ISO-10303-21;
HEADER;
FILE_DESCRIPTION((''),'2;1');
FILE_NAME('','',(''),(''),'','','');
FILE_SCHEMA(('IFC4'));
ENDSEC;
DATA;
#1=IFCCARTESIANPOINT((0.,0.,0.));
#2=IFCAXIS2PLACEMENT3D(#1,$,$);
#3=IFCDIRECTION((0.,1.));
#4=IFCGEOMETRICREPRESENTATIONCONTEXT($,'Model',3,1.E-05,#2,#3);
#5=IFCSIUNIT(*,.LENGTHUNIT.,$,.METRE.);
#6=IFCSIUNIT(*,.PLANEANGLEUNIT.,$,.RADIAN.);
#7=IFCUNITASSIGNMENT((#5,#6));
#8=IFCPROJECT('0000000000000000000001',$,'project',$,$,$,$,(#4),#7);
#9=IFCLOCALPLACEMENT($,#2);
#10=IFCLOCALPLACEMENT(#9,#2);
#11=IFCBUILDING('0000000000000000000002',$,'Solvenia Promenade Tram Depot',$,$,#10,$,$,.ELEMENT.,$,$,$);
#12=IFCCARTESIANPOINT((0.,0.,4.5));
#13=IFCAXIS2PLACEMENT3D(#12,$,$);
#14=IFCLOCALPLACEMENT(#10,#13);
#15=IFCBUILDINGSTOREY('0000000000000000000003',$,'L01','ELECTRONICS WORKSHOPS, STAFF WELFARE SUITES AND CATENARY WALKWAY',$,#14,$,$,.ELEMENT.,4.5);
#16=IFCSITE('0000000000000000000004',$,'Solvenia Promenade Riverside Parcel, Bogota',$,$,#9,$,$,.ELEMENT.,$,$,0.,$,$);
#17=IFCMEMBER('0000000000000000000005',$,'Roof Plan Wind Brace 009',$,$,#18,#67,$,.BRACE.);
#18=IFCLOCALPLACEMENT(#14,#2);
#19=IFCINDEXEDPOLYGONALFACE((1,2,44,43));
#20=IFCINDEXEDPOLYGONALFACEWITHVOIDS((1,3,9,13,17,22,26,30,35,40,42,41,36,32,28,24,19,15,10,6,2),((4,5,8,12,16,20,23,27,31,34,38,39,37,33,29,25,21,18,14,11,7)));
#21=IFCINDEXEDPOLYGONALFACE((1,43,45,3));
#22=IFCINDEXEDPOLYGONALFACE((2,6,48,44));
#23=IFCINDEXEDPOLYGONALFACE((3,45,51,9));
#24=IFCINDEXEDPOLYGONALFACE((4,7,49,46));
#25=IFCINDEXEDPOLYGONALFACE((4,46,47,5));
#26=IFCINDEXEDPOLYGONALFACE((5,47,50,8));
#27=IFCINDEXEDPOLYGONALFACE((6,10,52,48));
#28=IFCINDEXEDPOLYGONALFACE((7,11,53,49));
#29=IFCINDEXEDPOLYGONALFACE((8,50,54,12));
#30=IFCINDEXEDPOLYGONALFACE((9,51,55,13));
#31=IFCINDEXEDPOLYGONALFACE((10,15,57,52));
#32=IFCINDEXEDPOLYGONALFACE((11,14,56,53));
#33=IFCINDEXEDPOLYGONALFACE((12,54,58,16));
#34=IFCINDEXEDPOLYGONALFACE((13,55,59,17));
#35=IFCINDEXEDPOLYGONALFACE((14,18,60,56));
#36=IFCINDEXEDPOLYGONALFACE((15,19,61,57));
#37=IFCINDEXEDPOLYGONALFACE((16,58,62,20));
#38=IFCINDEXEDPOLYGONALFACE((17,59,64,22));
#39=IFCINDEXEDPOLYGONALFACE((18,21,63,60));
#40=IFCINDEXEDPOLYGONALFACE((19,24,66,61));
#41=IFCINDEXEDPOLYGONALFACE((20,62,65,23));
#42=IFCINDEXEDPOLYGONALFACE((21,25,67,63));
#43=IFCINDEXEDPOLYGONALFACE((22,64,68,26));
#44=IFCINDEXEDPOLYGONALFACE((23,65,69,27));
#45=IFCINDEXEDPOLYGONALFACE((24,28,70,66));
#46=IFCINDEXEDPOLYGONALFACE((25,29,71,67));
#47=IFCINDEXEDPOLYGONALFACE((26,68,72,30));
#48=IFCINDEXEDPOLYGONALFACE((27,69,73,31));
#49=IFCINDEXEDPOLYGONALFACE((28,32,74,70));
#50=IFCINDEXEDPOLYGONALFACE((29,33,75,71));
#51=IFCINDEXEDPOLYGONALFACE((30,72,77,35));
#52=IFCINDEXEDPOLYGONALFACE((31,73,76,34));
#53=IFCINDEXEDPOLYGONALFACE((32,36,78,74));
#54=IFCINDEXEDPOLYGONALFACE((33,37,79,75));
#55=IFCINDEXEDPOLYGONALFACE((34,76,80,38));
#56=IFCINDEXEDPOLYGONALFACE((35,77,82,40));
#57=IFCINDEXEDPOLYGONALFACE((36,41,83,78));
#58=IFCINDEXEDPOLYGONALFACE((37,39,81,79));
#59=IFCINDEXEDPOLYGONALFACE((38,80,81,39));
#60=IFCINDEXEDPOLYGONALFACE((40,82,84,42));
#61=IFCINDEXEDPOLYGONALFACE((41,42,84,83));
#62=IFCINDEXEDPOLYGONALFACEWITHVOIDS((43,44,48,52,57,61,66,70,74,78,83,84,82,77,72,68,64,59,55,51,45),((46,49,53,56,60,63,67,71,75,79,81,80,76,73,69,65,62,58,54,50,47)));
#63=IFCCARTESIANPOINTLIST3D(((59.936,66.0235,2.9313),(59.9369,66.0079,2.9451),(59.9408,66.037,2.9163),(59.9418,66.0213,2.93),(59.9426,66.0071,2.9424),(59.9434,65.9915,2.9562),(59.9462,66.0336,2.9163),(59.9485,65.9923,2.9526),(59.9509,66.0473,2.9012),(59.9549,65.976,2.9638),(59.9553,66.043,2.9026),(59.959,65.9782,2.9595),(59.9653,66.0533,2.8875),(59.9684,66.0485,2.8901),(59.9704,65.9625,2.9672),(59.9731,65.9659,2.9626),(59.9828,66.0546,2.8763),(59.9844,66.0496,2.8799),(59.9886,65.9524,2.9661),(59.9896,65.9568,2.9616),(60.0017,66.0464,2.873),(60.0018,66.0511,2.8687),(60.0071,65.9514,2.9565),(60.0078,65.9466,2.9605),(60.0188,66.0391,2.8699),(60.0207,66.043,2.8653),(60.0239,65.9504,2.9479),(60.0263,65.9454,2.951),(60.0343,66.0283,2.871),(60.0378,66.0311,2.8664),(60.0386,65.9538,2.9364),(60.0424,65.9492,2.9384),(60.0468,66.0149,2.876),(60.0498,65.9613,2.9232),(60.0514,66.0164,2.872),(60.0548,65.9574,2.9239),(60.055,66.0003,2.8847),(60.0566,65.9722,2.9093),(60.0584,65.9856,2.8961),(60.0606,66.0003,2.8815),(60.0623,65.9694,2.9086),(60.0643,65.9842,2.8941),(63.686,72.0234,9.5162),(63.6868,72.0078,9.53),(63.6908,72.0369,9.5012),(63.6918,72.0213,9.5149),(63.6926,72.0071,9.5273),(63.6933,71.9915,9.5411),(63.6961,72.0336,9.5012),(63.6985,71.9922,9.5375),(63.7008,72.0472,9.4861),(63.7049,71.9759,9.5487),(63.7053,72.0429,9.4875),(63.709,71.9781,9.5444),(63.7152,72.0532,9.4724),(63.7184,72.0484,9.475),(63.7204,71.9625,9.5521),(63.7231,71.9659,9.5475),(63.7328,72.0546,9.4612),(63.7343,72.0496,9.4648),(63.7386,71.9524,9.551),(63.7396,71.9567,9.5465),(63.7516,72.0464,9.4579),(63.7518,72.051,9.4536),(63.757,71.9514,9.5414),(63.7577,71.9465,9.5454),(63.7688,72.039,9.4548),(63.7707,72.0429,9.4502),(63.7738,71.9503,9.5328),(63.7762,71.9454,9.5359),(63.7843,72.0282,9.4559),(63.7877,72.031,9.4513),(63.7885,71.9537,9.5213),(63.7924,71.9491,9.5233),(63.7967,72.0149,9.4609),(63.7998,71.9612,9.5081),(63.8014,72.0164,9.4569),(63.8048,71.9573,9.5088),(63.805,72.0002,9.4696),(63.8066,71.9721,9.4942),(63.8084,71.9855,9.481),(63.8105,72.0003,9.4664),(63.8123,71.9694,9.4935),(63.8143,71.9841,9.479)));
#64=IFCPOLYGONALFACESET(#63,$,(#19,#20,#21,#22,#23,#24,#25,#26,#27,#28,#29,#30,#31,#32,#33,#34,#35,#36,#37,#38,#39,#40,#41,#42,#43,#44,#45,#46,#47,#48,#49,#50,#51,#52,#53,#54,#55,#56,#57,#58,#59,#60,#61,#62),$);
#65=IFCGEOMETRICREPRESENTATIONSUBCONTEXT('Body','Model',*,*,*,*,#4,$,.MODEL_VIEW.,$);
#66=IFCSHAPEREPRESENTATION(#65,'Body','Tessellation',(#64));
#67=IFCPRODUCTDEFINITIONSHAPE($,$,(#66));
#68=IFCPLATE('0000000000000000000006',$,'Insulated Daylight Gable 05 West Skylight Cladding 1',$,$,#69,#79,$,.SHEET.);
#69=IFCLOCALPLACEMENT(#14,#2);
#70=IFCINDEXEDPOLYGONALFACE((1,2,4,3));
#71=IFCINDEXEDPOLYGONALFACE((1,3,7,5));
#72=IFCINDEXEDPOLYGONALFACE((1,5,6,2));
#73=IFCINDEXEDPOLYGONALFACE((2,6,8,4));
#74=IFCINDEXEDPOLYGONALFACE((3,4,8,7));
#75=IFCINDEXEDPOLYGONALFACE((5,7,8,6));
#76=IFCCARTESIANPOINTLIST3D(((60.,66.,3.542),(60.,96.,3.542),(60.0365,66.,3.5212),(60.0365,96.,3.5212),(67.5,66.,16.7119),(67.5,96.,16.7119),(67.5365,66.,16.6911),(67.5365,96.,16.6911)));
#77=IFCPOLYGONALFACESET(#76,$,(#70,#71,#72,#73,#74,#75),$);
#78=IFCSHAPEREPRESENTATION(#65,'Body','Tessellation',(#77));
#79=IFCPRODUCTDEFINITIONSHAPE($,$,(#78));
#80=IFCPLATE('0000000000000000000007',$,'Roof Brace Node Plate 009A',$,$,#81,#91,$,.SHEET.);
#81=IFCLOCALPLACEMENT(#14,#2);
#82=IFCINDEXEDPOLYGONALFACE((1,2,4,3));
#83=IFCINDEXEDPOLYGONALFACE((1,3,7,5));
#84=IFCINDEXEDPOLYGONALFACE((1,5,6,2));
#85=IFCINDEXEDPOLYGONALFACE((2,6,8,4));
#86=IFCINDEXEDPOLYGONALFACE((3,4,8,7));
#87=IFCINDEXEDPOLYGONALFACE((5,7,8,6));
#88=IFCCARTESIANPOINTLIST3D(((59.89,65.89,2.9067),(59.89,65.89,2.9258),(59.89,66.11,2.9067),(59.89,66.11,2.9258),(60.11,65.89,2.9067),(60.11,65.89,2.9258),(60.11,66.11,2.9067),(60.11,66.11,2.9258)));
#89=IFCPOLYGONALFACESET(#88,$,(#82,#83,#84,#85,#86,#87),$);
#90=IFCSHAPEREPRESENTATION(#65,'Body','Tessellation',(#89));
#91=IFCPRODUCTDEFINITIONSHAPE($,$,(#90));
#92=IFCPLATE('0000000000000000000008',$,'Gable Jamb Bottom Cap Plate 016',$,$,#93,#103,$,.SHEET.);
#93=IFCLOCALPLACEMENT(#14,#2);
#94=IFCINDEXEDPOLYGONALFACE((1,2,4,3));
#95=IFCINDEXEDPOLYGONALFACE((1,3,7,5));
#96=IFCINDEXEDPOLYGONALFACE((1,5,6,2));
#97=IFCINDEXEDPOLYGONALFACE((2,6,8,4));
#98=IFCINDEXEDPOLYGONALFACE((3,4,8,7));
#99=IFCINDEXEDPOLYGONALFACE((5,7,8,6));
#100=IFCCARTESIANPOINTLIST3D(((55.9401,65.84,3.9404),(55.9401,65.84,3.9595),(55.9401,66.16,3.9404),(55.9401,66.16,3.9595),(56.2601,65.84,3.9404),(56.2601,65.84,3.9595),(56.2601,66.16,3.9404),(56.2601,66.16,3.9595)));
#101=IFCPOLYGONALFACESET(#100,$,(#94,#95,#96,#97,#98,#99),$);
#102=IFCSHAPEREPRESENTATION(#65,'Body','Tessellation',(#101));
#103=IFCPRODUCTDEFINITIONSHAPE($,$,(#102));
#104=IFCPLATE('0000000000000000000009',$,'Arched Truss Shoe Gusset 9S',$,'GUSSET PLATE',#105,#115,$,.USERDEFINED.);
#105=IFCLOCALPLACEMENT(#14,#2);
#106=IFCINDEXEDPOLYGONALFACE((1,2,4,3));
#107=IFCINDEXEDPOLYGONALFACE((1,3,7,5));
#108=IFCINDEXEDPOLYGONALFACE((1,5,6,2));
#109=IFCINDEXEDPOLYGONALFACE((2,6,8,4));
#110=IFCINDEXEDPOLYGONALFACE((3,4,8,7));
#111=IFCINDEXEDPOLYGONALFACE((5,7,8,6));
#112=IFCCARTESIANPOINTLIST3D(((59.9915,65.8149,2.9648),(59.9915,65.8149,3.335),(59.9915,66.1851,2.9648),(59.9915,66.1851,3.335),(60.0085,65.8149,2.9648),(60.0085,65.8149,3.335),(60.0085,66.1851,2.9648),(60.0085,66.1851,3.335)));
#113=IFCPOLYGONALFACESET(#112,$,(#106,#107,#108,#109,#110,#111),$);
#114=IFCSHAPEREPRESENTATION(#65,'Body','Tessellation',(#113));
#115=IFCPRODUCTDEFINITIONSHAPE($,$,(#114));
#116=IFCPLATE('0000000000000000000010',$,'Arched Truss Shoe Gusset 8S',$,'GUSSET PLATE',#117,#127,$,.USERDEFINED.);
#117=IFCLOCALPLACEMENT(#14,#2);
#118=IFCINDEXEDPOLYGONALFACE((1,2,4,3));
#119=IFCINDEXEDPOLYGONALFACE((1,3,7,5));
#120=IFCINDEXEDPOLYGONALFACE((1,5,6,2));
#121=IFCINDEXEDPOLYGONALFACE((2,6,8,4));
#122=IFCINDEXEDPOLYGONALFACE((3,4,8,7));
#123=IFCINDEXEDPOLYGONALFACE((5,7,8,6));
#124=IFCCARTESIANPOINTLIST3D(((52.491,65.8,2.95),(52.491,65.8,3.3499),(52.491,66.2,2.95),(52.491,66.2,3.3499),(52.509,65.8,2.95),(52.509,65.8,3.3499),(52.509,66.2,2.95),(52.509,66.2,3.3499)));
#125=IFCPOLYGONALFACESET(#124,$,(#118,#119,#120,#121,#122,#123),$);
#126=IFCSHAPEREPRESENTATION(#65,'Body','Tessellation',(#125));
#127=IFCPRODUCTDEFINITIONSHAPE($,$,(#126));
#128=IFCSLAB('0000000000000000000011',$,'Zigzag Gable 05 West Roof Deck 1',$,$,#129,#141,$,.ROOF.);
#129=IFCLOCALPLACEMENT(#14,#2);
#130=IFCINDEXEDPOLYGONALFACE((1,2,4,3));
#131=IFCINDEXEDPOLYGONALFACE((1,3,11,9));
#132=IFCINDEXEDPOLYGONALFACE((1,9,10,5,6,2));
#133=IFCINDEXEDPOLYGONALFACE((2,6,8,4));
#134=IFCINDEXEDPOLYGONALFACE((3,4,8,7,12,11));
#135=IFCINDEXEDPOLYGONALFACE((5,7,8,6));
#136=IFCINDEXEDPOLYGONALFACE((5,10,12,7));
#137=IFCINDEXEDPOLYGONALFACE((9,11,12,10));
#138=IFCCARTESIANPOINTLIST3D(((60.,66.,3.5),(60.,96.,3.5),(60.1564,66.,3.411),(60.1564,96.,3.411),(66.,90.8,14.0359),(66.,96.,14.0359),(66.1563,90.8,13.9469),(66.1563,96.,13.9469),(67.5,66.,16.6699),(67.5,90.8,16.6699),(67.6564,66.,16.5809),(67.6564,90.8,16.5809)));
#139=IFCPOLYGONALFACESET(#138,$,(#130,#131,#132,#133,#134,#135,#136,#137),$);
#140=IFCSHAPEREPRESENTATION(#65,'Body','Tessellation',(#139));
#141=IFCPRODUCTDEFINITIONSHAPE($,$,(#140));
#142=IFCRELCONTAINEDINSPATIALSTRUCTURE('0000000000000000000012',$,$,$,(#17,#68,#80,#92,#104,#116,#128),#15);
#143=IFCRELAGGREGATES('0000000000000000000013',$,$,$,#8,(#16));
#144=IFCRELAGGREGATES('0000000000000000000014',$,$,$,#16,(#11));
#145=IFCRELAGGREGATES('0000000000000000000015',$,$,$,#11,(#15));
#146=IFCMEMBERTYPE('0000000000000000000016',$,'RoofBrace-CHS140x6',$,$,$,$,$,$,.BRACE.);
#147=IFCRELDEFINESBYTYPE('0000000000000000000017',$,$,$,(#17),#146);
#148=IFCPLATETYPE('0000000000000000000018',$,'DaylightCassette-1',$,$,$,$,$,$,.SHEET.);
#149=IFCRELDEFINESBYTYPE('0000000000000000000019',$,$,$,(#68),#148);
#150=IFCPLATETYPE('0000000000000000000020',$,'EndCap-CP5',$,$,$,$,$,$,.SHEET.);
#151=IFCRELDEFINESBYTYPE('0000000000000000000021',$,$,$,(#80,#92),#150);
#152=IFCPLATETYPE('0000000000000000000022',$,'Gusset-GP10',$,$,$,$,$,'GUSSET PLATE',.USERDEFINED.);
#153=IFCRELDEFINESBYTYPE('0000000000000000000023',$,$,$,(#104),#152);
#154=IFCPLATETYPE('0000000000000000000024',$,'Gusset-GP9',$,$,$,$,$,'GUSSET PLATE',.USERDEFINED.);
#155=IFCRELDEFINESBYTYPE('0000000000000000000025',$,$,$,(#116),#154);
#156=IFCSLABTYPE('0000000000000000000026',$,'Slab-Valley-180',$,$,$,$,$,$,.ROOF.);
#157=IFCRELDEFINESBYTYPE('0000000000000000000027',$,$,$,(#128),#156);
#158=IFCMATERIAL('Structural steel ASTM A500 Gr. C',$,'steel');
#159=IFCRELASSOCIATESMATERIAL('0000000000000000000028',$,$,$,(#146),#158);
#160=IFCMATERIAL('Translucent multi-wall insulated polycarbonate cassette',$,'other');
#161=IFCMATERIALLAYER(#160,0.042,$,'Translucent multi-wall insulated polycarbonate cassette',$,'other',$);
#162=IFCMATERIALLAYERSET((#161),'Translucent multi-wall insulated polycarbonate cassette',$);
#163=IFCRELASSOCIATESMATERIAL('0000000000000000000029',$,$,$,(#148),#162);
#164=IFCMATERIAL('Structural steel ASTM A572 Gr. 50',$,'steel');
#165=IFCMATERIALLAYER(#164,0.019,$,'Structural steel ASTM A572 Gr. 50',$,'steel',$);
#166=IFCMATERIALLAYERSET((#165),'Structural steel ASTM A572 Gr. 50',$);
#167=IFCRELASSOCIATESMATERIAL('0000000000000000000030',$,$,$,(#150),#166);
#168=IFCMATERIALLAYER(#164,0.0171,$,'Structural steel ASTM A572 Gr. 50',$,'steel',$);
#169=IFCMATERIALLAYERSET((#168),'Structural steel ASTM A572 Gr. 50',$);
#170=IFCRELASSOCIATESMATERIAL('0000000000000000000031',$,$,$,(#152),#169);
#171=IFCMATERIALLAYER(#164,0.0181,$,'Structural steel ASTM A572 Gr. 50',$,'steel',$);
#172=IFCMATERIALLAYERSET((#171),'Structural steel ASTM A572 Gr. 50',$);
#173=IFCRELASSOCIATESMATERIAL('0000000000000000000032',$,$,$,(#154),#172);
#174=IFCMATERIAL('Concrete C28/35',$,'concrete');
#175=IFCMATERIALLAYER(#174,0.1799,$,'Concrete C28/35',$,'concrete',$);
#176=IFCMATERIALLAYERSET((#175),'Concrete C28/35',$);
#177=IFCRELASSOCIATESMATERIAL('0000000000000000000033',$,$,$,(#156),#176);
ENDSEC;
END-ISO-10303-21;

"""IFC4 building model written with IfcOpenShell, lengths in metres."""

from ifc_helpers import new_model, si_unit, direction, frame, origin, origin_2d, place, context, subcontext, project, spatial, polyline, rectangle, hollow_circle, outline, extrude, material, layer, layer_set, material_profile, profile_set, type_object, element, save


model = new_model("IFC4")

# Units and contexts
model_context = context("Model", 3, precision=1e-05, world=origin(), true_north=direction((0.0, 1.0)))
body_context = subcontext(model_context, "Body", "Model", "MODEL_VIEW")
ifc_project = project(units=[si_unit("LENGTHUNIT", "METRE"), si_unit("PLANEANGLEUNIT", "RADIAN")], contexts=[model_context])

# Site, building, storey
site_placement = place(None, origin())
site = spatial("IfcSite", under=ifc_project, at=site_placement, Name="Solvenia Promenade Riverside Parcel, Bogota", CompositionType="ELEMENT", RefElevation=0.0)
building_placement = place(site_placement, origin())
building = spatial("IfcBuilding", under=site, at=building_placement, Name="Solvenia Promenade Tram Depot", CompositionType="ELEMENT")
storey_placement = place(building_placement, frame((0.0, 0.0, 4.5)))
storey = spatial("IfcBuildingStorey", under=building, at=storey_placement, Name="L01", Description="ELECTRONICS WORKSHOPS, STAFF WELFARE SUITES AND CATENARY WALKWAY", CompositionType="ELEMENT", Elevation=4.5)

# Member
ifc_material_1 = material(Name="Structural steel ASTM A500 Gr. C", Category="steel")
ifc_material_profile_1 = material_profile(ifc_material_1, hollow_circle(Radius=0.0698, WallThickness=0.0063, at=origin_2d()), Name="CHS139.7x6.3", Category="steel")
ifc_profile_set_1 = profile_set([ifc_material_profile_1], Name="Structural steel ASTM A500 Gr. C")
member_type_1 = type_object("IfcMemberType", Name="RoofBrace-CHS140x6", PredefinedType="BRACE", material=ifc_profile_set_1)
member_1_placement = place(storey_placement, frame((60.0, 66.0, 2.9163), z_axis=(0.387973, 0.620757, 0.681277), x_axis=(-0.847998, 0.529999, 0.0)))
element("IfcMember", 1, at=member_1_placement, inside=storey, type_object=member_type_1, Name="Roof Plan Wind Brace 009", PredefinedType="BRACE", context=body_context, shape_type="SweptSolid", body=[
    extrude(hollow_circle(Radius=0.0698, WallThickness=0.0063, at=origin_2d()), origin(), (0.0, 0.0, 1.0), 9.6655),
])

# Plates
ifc_material_2 = material(Name="Translucent multi-wall insulated polycarbonate cassette", Category="other")
ifc_layer_1 = layer(ifc_material_2, 0.042, Name="Translucent multi-wall insulated polycarbonate cassette", Category="other")
ifc_layer_set_1 = layer_set([ifc_layer_1], Name="Translucent multi-wall insulated polycarbonate cassette")
plate_type_1 = type_object("IfcPlateType", Name="DaylightCassette-1", PredefinedType="SHEET", material=ifc_layer_set_1)
plate_1_placement = place(storey_placement, frame((60.0, 66.0, 3.542), z_axis=(-0.868972, 0.0, 0.494862), x_axis=(0.0, 1.0, 0.0)))
element("IfcPlate", 2, at=plate_1_placement, inside=storey, type_object=plate_type_1, Name="Insulated Daylight Gable 05 West Skylight Cladding 1", PredefinedType="SHEET", context=body_context, shape_type="SweptSolid", body=[
    extrude(outline(polyline([(0.0, 0.0), (30.0, 0.0), (30.0, -15.1558), (0.0, -15.1558), (0.0, 0.0)])), origin(), (0.0, 0.0, -1.0), 0.042),
])
ifc_material_3 = material(Name="Structural steel ASTM A572 Gr. 50", Category="steel")
ifc_layer_2 = layer(ifc_material_3, 0.019, Name="Structural steel ASTM A572 Gr. 50", Category="steel")
ifc_layer_set_2 = layer_set([ifc_layer_2], Name="Structural steel ASTM A572 Gr. 50")
plate_type_2 = type_object("IfcPlateType", Name="EndCap-CP5", PredefinedType="SHEET", material=ifc_layer_set_2)
plate_2_placement = place(storey_placement, frame((60.0, 66.0, 2.9067), z_axis=(0.0, 0.0, 1.0), x_axis=(1.0, 0.0, 0.0)))
element("IfcPlate", 3, at=plate_2_placement, inside=storey, type_object=plate_type_2, Name="Roof Brace Node Plate 009A", PredefinedType="SHEET", context=body_context, shape_type="SweptSolid", body=[
    extrude(rectangle(XDim=0.22, YDim=0.22, at=origin_2d()), origin(), (0.0, 0.0, 1.0), 0.019),
])
plate_3_placement = place(storey_placement, frame((56.1001, 66.0, 3.9404), z_axis=(0.0, 0.0, 1.0), x_axis=(1.0, 0.0, 0.0)))
element("IfcPlate", 4, at=plate_3_placement, inside=storey, type_object=plate_type_2, Name="Gable Jamb Bottom Cap Plate 016", PredefinedType="SHEET", context=body_context, shape_type="SweptSolid", body=[
    extrude(rectangle(XDim=0.3201, YDim=0.3201, at=origin_2d()), origin(), (0.0, 0.0, 1.0), 0.019),
])
ifc_layer_3 = layer(ifc_material_3, 0.0171, Name="Structural steel ASTM A572 Gr. 50", Category="steel")
ifc_layer_set_3 = layer_set([ifc_layer_3], Name="Structural steel ASTM A572 Gr. 50")
plate_type_3 = type_object("IfcPlateType", Name="Gusset-GP10", ElementType="GUSSET PLATE", PredefinedType="USERDEFINED", material=ifc_layer_set_3)
plate_4_placement = place(storey_placement, frame((60.0, 66.0, 2.9648), z_axis=(0.0, 0.0, 1.0), x_axis=(1.0, 0.0, 0.0)))
element("IfcPlate", 5, at=plate_4_placement, inside=storey, type_object=plate_type_3, Name="Arched Truss Shoe Gusset 9S", ObjectType="GUSSET PLATE", PredefinedType="USERDEFINED", context=body_context, shape_type="SweptSolid", body=[
    extrude(rectangle(XDim=0.0171, YDim=0.3701, at=origin_2d()), origin(), (0.0, 0.0, 1.0), 0.3701),
])
ifc_layer_4 = layer(ifc_material_3, 0.0181, Name="Structural steel ASTM A572 Gr. 50", Category="steel")
ifc_layer_set_4 = layer_set([ifc_layer_4], Name="Structural steel ASTM A572 Gr. 50")
plate_type_4 = type_object("IfcPlateType", Name="Gusset-GP9", ElementType="GUSSET PLATE", PredefinedType="USERDEFINED", material=ifc_layer_set_4)
plate_5_placement = place(storey_placement, frame((52.5, 66.0, 2.95), z_axis=(0.0, 0.0, 1.0), x_axis=(1.0, 0.0, 0.0)))
element("IfcPlate", 6, at=plate_5_placement, inside=storey, type_object=plate_type_4, Name="Arched Truss Shoe Gusset 8S", ObjectType="GUSSET PLATE", PredefinedType="USERDEFINED", context=body_context, shape_type="SweptSolid", body=[
    extrude(rectangle(XDim=0.0181, YDim=0.3999, at=origin_2d()), origin(), (0.0, 0.0, 1.0), 0.3999),
])

# Slab
ifc_material_4 = material(Name="Concrete C28/35", Category="concrete")
ifc_layer_5 = layer(ifc_material_4, 0.1799, Name="Concrete C28/35", Category="concrete")
ifc_layer_set_5 = layer_set([ifc_layer_5], Name="Concrete C28/35")
slab_type = type_object("IfcSlabType", Name="Slab-Valley-180", PredefinedType="ROOF", material=ifc_layer_set_5)
slab_placement = place(storey_placement, frame((60.0, 66.0, 3.5), z_axis=(-0.868972, 0.0, 0.494862), x_axis=(0.0, 1.0, 0.0)))
element("IfcSlab", 7, at=slab_placement, inside=storey, type_object=slab_type, Name="Zigzag Gable 05 West Roof Deck 1", PredefinedType="ROOF", context=body_context, shape_type="SweptSolid", body=[
    extrude(outline(polyline([(0.0, 0.0), (30.0, 0.0), (30.0, -12.1246), (24.8, -12.1246), (24.8, -15.1558), (0.0, -15.1558), (0.0, 0.0)])), origin(), (0.0, 0.0, -1.0), 0.1799),
])

save(model, "model.ifc")
